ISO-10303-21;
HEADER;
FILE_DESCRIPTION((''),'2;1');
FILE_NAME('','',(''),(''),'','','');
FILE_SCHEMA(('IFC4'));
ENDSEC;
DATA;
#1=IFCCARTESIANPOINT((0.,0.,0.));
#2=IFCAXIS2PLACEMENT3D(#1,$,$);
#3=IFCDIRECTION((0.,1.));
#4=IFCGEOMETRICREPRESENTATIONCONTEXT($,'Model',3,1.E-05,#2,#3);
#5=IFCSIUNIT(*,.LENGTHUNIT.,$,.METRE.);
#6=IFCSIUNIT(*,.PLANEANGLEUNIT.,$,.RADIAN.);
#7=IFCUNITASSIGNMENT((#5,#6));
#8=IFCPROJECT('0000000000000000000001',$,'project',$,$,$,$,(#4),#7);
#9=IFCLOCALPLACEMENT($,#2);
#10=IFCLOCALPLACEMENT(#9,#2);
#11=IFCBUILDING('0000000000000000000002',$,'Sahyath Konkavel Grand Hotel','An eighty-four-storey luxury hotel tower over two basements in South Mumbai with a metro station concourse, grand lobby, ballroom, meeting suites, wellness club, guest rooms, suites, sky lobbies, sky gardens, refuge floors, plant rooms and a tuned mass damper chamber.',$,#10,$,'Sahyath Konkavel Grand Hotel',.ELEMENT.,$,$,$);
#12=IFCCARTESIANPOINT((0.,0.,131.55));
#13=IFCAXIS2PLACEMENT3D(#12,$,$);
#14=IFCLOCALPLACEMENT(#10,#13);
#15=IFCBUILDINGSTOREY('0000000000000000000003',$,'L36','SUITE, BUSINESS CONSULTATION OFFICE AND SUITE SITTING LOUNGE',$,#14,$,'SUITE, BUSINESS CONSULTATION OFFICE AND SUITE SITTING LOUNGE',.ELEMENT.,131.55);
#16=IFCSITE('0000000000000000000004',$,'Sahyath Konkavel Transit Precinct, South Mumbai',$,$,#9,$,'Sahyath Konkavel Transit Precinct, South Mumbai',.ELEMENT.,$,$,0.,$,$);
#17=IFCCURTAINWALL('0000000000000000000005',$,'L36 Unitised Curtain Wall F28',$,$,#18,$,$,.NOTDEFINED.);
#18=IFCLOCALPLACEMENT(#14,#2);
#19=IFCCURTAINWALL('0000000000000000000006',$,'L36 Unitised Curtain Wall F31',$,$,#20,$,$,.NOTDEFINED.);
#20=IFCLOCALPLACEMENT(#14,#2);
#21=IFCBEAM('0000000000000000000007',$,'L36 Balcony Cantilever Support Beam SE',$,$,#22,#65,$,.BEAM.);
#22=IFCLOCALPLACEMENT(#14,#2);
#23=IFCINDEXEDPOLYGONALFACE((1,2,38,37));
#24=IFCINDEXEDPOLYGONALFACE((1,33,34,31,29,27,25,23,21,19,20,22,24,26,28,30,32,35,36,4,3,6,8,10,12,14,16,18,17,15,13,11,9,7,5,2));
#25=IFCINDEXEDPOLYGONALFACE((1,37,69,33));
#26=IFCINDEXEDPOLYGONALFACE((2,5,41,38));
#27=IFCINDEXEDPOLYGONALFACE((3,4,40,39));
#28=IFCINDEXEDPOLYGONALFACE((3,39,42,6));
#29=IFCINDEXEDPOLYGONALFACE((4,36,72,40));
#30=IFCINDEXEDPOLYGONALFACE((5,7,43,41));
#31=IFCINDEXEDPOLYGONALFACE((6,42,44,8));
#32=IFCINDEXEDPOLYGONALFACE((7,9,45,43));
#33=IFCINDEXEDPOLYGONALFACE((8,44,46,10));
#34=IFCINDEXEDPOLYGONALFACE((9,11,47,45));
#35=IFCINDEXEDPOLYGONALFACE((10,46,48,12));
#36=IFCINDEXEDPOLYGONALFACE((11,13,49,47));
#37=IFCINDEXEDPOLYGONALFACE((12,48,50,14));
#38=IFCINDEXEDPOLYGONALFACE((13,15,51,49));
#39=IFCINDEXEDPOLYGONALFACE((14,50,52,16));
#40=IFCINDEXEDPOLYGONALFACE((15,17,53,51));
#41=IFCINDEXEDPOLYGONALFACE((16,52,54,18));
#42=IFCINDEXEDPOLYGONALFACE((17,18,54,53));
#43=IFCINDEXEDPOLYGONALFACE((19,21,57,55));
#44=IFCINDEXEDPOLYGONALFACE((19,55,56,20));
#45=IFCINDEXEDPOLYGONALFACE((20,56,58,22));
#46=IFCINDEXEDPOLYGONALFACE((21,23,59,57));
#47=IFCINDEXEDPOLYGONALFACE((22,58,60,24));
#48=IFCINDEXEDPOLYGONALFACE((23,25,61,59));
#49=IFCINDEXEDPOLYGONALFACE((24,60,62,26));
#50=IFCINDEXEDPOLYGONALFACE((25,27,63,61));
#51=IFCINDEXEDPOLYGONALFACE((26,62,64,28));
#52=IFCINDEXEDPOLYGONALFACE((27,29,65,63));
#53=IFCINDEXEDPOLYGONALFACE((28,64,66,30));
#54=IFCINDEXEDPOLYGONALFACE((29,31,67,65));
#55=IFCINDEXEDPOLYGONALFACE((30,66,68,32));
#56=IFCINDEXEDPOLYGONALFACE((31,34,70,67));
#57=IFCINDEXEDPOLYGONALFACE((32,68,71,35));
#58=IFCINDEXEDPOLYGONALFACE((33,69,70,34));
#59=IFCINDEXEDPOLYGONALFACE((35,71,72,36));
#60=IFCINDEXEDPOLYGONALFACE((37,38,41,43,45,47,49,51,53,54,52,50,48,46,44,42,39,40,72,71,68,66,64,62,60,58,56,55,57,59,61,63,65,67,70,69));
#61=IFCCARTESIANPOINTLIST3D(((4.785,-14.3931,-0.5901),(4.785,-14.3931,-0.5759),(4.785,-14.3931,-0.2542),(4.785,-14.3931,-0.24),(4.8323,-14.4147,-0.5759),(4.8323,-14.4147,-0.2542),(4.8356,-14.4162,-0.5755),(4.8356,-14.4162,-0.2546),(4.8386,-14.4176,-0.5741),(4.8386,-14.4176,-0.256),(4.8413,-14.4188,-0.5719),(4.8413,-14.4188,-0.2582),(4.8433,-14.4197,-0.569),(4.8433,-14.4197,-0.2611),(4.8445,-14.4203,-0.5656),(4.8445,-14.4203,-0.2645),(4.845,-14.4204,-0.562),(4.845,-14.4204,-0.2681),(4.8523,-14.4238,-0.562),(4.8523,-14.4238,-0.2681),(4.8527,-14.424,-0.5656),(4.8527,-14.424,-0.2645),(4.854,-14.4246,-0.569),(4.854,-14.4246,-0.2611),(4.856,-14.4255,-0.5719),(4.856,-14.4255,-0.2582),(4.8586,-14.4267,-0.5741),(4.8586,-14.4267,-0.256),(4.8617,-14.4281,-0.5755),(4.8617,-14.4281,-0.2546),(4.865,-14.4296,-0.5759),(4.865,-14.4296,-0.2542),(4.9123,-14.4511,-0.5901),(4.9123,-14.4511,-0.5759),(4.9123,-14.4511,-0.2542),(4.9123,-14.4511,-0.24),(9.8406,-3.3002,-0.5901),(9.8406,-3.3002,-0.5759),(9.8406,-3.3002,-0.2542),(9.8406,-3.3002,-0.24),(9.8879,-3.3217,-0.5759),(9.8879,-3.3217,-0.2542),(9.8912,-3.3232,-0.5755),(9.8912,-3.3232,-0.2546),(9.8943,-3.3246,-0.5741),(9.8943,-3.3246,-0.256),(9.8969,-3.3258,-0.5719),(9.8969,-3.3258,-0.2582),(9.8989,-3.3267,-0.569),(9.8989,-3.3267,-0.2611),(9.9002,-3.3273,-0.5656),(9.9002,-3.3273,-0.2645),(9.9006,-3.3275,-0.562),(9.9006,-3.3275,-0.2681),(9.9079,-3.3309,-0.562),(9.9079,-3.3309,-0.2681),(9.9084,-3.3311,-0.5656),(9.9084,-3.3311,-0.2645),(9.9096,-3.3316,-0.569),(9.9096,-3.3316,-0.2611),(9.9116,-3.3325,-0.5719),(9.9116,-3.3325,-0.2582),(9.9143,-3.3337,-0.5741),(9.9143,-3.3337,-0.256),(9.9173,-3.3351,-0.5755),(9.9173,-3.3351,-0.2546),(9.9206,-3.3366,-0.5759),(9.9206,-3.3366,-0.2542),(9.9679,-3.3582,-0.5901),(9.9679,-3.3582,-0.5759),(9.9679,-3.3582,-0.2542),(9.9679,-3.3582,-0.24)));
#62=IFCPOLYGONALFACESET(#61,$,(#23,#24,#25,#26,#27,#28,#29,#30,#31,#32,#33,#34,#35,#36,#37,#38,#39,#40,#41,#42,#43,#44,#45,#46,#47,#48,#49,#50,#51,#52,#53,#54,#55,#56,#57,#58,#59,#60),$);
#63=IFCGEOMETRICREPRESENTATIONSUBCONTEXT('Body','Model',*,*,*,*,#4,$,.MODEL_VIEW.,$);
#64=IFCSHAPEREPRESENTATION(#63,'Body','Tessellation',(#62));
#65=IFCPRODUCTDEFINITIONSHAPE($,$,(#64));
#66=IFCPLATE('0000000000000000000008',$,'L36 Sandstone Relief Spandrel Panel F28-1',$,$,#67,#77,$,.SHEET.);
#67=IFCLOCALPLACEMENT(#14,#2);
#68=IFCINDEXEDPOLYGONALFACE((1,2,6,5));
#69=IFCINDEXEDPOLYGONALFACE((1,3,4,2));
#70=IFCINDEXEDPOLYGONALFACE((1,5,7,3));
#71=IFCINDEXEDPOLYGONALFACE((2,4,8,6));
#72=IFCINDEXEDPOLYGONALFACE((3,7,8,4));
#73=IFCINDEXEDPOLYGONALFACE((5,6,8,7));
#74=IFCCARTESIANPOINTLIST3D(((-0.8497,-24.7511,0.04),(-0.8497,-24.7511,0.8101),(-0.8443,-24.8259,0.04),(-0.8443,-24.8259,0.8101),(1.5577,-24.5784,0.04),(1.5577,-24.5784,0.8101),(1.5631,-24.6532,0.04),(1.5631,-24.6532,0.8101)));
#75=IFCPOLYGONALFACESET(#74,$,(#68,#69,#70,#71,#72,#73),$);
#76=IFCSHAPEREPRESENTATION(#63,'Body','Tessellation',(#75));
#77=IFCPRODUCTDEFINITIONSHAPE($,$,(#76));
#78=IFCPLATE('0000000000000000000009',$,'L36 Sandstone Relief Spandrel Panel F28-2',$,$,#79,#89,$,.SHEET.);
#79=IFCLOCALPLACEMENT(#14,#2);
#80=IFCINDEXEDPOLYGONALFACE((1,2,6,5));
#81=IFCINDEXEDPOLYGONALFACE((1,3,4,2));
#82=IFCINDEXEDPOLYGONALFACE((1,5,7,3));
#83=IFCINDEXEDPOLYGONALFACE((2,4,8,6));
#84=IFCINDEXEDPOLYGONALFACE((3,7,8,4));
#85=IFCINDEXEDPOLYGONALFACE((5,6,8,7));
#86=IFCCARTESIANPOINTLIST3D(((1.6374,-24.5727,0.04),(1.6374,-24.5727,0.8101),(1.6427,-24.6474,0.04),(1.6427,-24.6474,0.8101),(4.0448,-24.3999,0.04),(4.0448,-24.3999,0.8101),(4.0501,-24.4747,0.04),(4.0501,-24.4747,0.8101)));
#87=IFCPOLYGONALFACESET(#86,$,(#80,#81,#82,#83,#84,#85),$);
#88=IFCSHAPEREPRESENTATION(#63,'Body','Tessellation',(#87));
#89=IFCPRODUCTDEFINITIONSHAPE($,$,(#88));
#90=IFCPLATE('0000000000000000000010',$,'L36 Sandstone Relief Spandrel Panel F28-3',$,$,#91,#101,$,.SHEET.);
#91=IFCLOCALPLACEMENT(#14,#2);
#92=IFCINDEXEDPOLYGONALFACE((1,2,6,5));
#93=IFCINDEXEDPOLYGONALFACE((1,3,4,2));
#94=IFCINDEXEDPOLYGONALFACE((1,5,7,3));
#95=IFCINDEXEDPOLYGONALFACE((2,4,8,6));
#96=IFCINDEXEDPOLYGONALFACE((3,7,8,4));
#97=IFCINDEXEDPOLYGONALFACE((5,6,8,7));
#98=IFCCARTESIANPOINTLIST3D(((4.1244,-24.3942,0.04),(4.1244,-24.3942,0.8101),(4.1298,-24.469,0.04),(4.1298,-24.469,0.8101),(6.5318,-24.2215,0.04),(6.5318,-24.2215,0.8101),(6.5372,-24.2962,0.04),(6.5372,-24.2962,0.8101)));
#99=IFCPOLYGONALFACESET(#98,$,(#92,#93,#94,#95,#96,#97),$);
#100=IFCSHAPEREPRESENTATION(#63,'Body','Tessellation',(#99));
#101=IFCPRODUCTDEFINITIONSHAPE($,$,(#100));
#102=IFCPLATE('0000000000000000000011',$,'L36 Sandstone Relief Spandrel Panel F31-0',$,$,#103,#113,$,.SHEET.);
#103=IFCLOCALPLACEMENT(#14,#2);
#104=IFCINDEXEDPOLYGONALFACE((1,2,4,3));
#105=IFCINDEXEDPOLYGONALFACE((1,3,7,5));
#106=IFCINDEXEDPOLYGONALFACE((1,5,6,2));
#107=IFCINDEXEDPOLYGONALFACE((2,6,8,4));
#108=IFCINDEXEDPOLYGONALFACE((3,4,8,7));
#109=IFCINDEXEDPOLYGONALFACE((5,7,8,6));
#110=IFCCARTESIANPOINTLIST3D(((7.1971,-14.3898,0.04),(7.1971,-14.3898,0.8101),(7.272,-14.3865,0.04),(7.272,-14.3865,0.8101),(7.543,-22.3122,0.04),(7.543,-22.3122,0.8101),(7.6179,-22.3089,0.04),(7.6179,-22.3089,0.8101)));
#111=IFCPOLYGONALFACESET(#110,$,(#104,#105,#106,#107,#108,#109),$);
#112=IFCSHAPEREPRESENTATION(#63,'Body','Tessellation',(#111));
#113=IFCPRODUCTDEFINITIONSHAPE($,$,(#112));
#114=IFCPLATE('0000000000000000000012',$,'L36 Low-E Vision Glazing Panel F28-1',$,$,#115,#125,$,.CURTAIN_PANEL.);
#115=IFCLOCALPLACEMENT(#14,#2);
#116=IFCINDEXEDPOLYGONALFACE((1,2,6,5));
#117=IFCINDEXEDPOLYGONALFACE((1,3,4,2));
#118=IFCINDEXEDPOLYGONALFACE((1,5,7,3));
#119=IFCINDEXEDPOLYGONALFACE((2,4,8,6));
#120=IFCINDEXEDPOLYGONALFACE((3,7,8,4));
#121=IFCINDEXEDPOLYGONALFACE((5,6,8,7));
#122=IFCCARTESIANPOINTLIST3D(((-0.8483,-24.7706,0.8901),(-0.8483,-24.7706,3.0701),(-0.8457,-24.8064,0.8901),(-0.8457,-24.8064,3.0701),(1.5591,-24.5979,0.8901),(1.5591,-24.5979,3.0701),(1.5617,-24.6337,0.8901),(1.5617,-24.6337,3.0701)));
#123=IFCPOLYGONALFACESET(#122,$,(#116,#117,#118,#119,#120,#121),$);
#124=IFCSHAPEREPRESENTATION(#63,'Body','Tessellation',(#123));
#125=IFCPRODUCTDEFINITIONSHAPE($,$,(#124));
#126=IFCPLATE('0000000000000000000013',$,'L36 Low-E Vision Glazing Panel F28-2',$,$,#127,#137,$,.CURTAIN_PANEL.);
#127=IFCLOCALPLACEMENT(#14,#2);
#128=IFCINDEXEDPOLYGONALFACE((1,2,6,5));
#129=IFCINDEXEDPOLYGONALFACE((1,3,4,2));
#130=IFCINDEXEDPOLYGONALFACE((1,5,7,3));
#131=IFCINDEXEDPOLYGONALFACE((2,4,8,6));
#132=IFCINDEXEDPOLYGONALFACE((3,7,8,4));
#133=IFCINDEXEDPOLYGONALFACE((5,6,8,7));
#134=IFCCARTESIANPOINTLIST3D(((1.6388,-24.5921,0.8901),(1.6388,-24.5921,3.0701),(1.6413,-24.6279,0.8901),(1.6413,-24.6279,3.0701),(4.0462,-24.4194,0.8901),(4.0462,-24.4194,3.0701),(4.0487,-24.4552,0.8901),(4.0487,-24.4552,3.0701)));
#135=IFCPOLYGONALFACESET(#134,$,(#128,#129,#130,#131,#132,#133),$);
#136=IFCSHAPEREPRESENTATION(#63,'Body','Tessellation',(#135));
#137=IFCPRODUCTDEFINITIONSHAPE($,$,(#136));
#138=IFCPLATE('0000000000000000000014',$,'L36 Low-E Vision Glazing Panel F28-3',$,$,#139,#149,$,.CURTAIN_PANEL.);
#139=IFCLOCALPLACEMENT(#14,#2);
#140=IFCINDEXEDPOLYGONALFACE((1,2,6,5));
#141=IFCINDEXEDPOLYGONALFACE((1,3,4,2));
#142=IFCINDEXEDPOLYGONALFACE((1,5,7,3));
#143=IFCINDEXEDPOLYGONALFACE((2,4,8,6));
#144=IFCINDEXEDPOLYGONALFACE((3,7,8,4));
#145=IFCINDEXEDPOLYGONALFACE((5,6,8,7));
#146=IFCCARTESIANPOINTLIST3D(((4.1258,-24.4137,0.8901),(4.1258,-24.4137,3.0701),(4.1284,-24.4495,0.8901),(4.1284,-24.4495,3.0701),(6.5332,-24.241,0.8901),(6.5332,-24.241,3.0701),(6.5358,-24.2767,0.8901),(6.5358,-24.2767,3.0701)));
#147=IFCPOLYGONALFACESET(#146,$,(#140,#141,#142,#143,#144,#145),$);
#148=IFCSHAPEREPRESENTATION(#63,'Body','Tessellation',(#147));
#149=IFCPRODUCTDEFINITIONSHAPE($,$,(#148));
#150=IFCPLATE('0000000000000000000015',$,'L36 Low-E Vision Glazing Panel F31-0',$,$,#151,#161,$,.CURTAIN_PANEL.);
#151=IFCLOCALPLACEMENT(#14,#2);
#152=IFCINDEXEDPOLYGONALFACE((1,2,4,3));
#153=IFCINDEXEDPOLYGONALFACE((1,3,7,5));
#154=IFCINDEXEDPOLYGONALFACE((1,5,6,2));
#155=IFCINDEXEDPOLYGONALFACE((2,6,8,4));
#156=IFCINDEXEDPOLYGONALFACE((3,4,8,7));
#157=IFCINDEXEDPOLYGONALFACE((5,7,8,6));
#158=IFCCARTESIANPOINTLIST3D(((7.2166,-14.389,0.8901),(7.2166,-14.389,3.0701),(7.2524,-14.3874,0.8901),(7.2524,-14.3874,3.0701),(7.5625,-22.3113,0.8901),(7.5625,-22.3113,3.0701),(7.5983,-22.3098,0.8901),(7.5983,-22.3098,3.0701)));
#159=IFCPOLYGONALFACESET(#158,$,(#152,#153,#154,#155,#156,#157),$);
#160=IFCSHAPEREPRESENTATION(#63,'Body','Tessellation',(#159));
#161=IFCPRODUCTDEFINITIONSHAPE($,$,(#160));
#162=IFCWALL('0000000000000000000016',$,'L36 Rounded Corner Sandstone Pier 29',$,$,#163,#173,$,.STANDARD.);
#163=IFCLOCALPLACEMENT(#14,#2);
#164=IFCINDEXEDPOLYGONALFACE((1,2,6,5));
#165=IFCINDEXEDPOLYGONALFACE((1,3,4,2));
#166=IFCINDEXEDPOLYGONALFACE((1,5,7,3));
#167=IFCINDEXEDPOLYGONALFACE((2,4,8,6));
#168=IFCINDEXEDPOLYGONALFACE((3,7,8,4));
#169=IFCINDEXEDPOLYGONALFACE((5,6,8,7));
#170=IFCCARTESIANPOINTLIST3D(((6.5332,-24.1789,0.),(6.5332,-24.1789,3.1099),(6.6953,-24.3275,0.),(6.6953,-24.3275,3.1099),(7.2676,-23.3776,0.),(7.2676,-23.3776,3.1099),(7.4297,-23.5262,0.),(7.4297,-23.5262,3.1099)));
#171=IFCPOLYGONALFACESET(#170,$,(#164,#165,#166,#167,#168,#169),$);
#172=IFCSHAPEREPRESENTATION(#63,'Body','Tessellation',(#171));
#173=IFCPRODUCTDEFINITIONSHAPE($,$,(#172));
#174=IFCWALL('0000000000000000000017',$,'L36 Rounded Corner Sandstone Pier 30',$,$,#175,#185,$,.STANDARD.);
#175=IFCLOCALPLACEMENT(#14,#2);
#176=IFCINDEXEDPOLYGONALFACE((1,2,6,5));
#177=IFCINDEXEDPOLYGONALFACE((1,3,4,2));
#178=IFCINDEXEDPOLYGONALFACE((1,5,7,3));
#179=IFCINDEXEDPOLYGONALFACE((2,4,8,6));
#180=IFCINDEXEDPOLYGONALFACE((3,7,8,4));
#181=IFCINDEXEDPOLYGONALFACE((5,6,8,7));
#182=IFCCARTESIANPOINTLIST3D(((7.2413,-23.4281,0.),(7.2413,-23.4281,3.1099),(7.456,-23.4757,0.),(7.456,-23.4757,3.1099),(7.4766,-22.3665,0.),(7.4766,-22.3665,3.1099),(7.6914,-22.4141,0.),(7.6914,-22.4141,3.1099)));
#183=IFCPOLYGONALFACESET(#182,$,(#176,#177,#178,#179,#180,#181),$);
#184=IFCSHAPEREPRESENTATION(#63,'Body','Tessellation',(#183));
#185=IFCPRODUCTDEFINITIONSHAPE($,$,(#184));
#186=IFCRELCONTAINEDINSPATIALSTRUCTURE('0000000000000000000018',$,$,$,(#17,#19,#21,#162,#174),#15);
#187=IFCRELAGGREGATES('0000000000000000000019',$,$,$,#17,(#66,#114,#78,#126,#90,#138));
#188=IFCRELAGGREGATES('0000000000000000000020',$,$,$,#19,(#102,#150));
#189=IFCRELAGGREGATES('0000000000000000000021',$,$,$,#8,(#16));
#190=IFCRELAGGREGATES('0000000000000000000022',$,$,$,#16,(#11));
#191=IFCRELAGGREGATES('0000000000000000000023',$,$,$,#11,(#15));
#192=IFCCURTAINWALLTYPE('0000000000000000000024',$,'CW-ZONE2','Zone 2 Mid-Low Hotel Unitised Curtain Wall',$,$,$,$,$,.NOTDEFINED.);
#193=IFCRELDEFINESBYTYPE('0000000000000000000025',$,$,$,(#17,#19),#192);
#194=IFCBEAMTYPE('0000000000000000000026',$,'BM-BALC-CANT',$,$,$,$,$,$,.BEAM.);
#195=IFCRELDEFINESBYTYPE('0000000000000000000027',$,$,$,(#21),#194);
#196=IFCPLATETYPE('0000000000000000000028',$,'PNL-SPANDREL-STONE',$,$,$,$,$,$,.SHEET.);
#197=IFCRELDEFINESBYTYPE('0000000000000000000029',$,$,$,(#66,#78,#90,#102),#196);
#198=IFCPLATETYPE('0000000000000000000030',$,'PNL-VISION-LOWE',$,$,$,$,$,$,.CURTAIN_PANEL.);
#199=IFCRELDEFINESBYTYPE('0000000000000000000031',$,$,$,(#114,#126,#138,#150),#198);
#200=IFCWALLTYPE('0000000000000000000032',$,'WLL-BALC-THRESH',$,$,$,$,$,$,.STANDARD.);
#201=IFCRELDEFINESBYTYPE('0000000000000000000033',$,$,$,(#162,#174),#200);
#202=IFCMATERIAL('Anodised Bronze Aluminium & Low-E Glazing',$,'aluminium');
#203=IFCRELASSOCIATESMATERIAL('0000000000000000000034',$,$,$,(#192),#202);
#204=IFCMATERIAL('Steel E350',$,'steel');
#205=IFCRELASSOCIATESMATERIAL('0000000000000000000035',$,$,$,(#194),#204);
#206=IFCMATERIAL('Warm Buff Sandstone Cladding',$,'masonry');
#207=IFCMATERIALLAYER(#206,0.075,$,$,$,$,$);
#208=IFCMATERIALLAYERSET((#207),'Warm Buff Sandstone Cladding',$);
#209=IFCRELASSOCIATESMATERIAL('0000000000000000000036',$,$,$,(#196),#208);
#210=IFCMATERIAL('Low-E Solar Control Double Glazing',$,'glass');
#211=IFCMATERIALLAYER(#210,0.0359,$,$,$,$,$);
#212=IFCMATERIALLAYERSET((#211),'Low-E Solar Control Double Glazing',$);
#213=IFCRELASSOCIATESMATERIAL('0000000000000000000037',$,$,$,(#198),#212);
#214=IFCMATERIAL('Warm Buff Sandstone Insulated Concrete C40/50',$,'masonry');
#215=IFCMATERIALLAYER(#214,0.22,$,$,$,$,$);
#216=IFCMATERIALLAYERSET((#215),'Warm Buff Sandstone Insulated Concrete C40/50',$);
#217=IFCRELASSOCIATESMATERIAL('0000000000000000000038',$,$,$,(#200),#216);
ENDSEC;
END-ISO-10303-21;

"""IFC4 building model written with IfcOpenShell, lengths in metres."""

from ifc_helpers import new_model, si_unit, direction, frame, frame_2d, origin, origin_2d, place, context, subcontext, project, spatial, rectangle, i_section, extrude, source, transform, mapped, material, layer, layer_set, material_profile, profile_set, type_object, element, aggregate, save


model = new_model("IFC4")

# Units and contexts
model_context = context("Model", 3, precision=1e-05, world=origin(), true_north=direction((0.0, 1.0)))
body_context = subcontext(model_context, "Body", "Model", "MODEL_VIEW")
ifc_project = project(units=[si_unit("LENGTHUNIT", "METRE"), si_unit("PLANEANGLEUNIT", "RADIAN")], contexts=[model_context])

# Site, building, storey
site_placement = place(None, origin())
site = spatial("IfcSite", under=ifc_project, at=site_placement, Name="Sahyath Konkavel Transit Precinct, South Mumbai", LongName="Sahyath Konkavel Transit Precinct, South Mumbai", CompositionType="ELEMENT", RefElevation=0.0)
building_placement = place(site_placement, origin())
building = spatial("IfcBuilding", under=site, at=building_placement, Name="Sahyath Konkavel Grand Hotel", Description="An eighty-four-storey luxury hotel tower over two basements in South Mumbai with a metro station concourse, grand lobby, ballroom, meeting suites, wellness club, guest rooms, suites, sky lobbies, sky gardens, refuge floors, plant rooms and a tuned mass damper chamber.", LongName="Sahyath Konkavel Grand Hotel", CompositionType="ELEMENT")
storey_placement = place(building_placement, frame((0.0, 0.0, 131.55)))
storey = spatial("IfcBuildingStorey", under=building, at=storey_placement, Name="L36", Description="SUITE, BUSINESS CONSULTATION OFFICE AND SUITE SITTING LOUNGE", LongName="SUITE, BUSINESS CONSULTATION OFFICE AND SUITE SITTING LOUNGE", CompositionType="ELEMENT", Elevation=131.55)

# Curtain walls
ifc_material_1 = material(Name="Anodised Bronze Aluminium & Low-E Glazing", Category="aluminium")
curtain_wall_type = type_object("IfcCurtainWallType", Name="CW-ZONE2", Description="Zone 2 Mid-Low Hotel Unitised Curtain Wall", PredefinedType="NOTDEFINED", material=ifc_material_1)
curtain_wall_1_placement = place(storey_placement, origin())
curtain_wall_1 = element("IfcCurtainWall", 1, at=curtain_wall_1_placement, inside=storey, type_object=curtain_wall_type, Name="L36 Unitised Curtain Wall F28", PredefinedType="NOTDEFINED")
curtain_wall_2_placement = place(storey_placement, origin())
curtain_wall_2 = element("IfcCurtainWall", 2, at=curtain_wall_2_placement, inside=storey, type_object=curtain_wall_type, Name="L36 Unitised Curtain Wall F31", PredefinedType="NOTDEFINED")

# Beam
ifc_material_2 = material(Name="Steel E350", Category="steel")
ifc_material_profile_1 = material_profile(ifc_material_2, i_section(OverallWidth=0.1399, OverallDepth=0.3501, WebThickness=0.0081, FlangeThickness=0.0142, FilletRadius=0.0139, at=origin_2d()), Name="ISMB 350")
ifc_profile_set_1 = profile_set([ifc_material_profile_1], Name="Steel E350")
beam_type = type_object("IfcBeamType", Name="BM-BALC-CANT", PredefinedType="BEAM", material=ifc_profile_set_1)
shared_shape_1 = source(origin(), body_context, "Body", "SweptSolid", [
    extrude(i_section(OverallWidth=0.1399, OverallDepth=0.3501, WebThickness=0.0081, FlangeThickness=0.0142, FilletRadius=0.0139, at=origin_2d()), origin(), (0.0, 0.0, 1.0), 12.1907),
])
beam_placement = place(storey_placement, frame((4.8486, -14.4221, -0.415), z_axis=(0.414713, 0.909952, 0.0), x_axis=(-0.909952, 0.414713, 0.0)))
element("IfcBeam", 3, at=beam_placement, inside=storey, type_object=beam_type, Name="L36 Balcony Cantilever Support Beam SE", PredefinedType="BEAM", context=body_context, shape_type="MappedRepresentation", body=[
    mapped(shared_shape_1, transform((0.0, 0.0, 0.0), scale=1.0)),
])

# Plates
ifc_material_3 = material(Name="Warm Buff Sandstone Cladding", Category="masonry")
ifc_layer_1 = layer(ifc_material_3, 0.075)
ifc_layer_set_1 = layer_set([ifc_layer_1], Name="Warm Buff Sandstone Cladding")
plate_type_1 = type_object("IfcPlateType", Name="PNL-SPANDREL-STONE", PredefinedType="SHEET", material=ifc_layer_set_1)
shared_shape_2 = source(origin(), body_context, "Body", "SweptSolid", [
    extrude(rectangle(XDim=2.4136, YDim=0.075, at=origin_2d()), origin(), (0.0, 0.0, 1.0), 0.77),
])
plate_1_placement = place(storey_placement, frame((0.3567, -24.7021, 0.04), z_axis=(0.0, 0.0, 1.0), x_axis=(0.997436, 0.071567, 0.0)))
plate_1 = element("IfcPlate", 4, at=plate_1_placement, type_object=plate_type_1, Name="L36 Sandstone Relief Spandrel Panel F28-1", PredefinedType="SHEET", context=body_context, shape_type="MappedRepresentation", body=[
    mapped(shared_shape_2, transform((0.0, 0.0, 0.0), scale=1.0)),
])
plate_2_placement = place(storey_placement, frame((2.8438, -24.5237, 0.04), z_axis=(0.0, 0.0, 1.0), x_axis=(0.997436, 0.071567, 0.0)))
plate_2 = element("IfcPlate", 5, at=plate_2_placement, type_object=plate_type_1, Name="L36 Sandstone Relief Spandrel Panel F28-2", PredefinedType="SHEET", context=body_context, shape_type="MappedRepresentation", body=[
    mapped(shared_shape_2, transform((0.0, 0.0, 0.0), scale=1.0)),
])
plate_3_placement = place(storey_placement, frame((5.3308, -24.3452, 0.04), z_axis=(0.0, 0.0, 1.0), x_axis=(0.997436, 0.071567, 0.0)))
plate_3 = element("IfcPlate", 6, at=plate_3_placement, type_object=plate_type_1, Name="L36 Sandstone Relief Spandrel Panel F28-3", PredefinedType="SHEET", context=body_context, shape_type="MappedRepresentation", body=[
    mapped(shared_shape_2, transform((0.0, 0.0, 0.0), scale=1.0)),
])
shared_shape_3 = source(origin(), body_context, "Body", "SweptSolid", [
    extrude(rectangle(XDim=7.9299, YDim=0.075, at=origin_2d()), origin(), (0.0, 0.0, 1.0), 0.77),
])
plate_4_placement = place(storey_placement, frame((7.4075, -18.3494, 0.04), z_axis=(0.0, 0.0, 1.0), x_axis=(-0.043619, 0.999048, 0.0)))
plate_4 = element("IfcPlate", 7, at=plate_4_placement, type_object=plate_type_1, Name="L36 Sandstone Relief Spandrel Panel F31-0", PredefinedType="SHEET", context=body_context, shape_type="MappedRepresentation", body=[
    mapped(shared_shape_3, transform((0.0, 0.0, 0.0), scale=1.0)),
])
ifc_material_4 = material(Name="Low-E Solar Control Double Glazing", Category="glass")
ifc_layer_2 = layer(ifc_material_4, 0.0359)
ifc_layer_set_2 = layer_set([ifc_layer_2], Name="Low-E Solar Control Double Glazing")
plate_type_2 = type_object("IfcPlateType", Name="PNL-VISION-LOWE", PredefinedType="CURTAIN_PANEL", material=ifc_layer_set_2)
shared_shape_4 = source(origin(), body_context, "Body", "SweptSolid", [
    extrude(rectangle(XDim=2.4136, YDim=0.0359, at=origin_2d()), origin(), (0.0, 0.0, 1.0), 2.1799),
])
plate_5_placement = place(storey_placement, frame((0.3567, -24.7021, 0.8901), z_axis=(0.0, 0.0, 1.0), x_axis=(0.997436, 0.071567, 0.0)))
plate_5 = element("IfcPlate", 8, at=plate_5_placement, type_object=plate_type_2, Name="L36 Low-E Vision Glazing Panel F28-1", PredefinedType="CURTAIN_PANEL", context=body_context, shape_type="MappedRepresentation", body=[
    mapped(shared_shape_4, transform((0.0, 0.0, 0.0), scale=1.0)),
])
plate_6_placement = place(storey_placement, frame((2.8438, -24.5237, 0.8901), z_axis=(0.0, 0.0, 1.0), x_axis=(0.997436, 0.071567, 0.0)))
plate_6 = element("IfcPlate", 9, at=plate_6_placement, type_object=plate_type_2, Name="L36 Low-E Vision Glazing Panel F28-2", PredefinedType="CURTAIN_PANEL", context=body_context, shape_type="MappedRepresentation", body=[
    mapped(shared_shape_4, transform((0.0, 0.0, 0.0), scale=1.0)),
])
plate_7_placement = place(storey_placement, frame((5.3308, -24.3452, 0.8901), z_axis=(0.0, 0.0, 1.0), x_axis=(0.997436, 0.071567, 0.0)))
plate_7 = element("IfcPlate", 10, at=plate_7_placement, type_object=plate_type_2, Name="L36 Low-E Vision Glazing Panel F28-3", PredefinedType="CURTAIN_PANEL", context=body_context, shape_type="MappedRepresentation", body=[
    mapped(shared_shape_4, transform((0.0, 0.0, 0.0), scale=1.0)),
])
aggregate(curtain_wall_1, [plate_1, plate_5, plate_2, plate_6, plate_3, plate_7])
shared_shape_5 = source(origin(), body_context, "Body", "SweptSolid", [
    extrude(rectangle(XDim=7.9299, YDim=0.0359, at=origin_2d()), origin(), (0.0, 0.0, 1.0), 2.1799),
])
plate_8_placement = place(storey_placement, frame((7.4075, -18.3494, 0.8901), z_axis=(0.0, 0.0, 1.0), x_axis=(-0.043619, 0.999048, 0.0)))
plate_8 = element("IfcPlate", 11, at=plate_8_placement, type_object=plate_type_2, Name="L36 Low-E Vision Glazing Panel F31-0", PredefinedType="CURTAIN_PANEL", context=body_context, shape_type="MappedRepresentation", body=[
    mapped(shared_shape_5, transform((0.0, 0.0, 0.0), scale=1.0)),
])
aggregate(curtain_wall_2, [plate_4, plate_8])

# Walls
ifc_material_5 = material(Name="Warm Buff Sandstone Insulated Concrete C40/50", Category="masonry")
ifc_layer_3 = layer(ifc_material_5, 0.22)
ifc_layer_set_3 = layer_set([ifc_layer_3], Name="Warm Buff Sandstone Insulated Concrete C40/50")
wall_type = type_object("IfcWallType", Name="WLL-BALC-THRESH", PredefinedType="STANDARD", material=ifc_layer_set_3)
wall_1_placement = place(storey_placement, frame((6.6143, -24.2532, 0.0), z_axis=(0.0, 0.0, 1.0), x_axis=(0.675664, 0.73721, 0.0)))
element("IfcWall", 12, at=wall_1_placement, inside=storey, type_object=wall_type, Name="L36 Rounded Corner Sandstone Pier 29", PredefinedType="STANDARD", context=body_context, shape_type="SweptSolid", body=[
    extrude(rectangle(XDim=1.0869, YDim=0.22, at=frame_2d((0.5435, 0.0))), origin(), (0.0, 0.0, 1.0), 3.1099),
])
wall_2_placement = place(storey_placement, frame((7.3486, -23.4519, 0.0), z_axis=(0.0, 0.0, 1.0), x_axis=(0.216455, 0.976293, 0.0)))
element("IfcWall", 13, at=wall_2_placement, inside=storey, type_object=wall_type, Name="L36 Rounded Corner Sandstone Pier 30", PredefinedType="STANDARD", context=body_context, shape_type="SweptSolid", body=[
    extrude(rectangle(XDim=1.0874, YDim=0.22, at=frame_2d((0.5437, 0.0))), origin(), (0.0, 0.0, 1.0), 3.1099),
])

save(model, "model.ifc")
